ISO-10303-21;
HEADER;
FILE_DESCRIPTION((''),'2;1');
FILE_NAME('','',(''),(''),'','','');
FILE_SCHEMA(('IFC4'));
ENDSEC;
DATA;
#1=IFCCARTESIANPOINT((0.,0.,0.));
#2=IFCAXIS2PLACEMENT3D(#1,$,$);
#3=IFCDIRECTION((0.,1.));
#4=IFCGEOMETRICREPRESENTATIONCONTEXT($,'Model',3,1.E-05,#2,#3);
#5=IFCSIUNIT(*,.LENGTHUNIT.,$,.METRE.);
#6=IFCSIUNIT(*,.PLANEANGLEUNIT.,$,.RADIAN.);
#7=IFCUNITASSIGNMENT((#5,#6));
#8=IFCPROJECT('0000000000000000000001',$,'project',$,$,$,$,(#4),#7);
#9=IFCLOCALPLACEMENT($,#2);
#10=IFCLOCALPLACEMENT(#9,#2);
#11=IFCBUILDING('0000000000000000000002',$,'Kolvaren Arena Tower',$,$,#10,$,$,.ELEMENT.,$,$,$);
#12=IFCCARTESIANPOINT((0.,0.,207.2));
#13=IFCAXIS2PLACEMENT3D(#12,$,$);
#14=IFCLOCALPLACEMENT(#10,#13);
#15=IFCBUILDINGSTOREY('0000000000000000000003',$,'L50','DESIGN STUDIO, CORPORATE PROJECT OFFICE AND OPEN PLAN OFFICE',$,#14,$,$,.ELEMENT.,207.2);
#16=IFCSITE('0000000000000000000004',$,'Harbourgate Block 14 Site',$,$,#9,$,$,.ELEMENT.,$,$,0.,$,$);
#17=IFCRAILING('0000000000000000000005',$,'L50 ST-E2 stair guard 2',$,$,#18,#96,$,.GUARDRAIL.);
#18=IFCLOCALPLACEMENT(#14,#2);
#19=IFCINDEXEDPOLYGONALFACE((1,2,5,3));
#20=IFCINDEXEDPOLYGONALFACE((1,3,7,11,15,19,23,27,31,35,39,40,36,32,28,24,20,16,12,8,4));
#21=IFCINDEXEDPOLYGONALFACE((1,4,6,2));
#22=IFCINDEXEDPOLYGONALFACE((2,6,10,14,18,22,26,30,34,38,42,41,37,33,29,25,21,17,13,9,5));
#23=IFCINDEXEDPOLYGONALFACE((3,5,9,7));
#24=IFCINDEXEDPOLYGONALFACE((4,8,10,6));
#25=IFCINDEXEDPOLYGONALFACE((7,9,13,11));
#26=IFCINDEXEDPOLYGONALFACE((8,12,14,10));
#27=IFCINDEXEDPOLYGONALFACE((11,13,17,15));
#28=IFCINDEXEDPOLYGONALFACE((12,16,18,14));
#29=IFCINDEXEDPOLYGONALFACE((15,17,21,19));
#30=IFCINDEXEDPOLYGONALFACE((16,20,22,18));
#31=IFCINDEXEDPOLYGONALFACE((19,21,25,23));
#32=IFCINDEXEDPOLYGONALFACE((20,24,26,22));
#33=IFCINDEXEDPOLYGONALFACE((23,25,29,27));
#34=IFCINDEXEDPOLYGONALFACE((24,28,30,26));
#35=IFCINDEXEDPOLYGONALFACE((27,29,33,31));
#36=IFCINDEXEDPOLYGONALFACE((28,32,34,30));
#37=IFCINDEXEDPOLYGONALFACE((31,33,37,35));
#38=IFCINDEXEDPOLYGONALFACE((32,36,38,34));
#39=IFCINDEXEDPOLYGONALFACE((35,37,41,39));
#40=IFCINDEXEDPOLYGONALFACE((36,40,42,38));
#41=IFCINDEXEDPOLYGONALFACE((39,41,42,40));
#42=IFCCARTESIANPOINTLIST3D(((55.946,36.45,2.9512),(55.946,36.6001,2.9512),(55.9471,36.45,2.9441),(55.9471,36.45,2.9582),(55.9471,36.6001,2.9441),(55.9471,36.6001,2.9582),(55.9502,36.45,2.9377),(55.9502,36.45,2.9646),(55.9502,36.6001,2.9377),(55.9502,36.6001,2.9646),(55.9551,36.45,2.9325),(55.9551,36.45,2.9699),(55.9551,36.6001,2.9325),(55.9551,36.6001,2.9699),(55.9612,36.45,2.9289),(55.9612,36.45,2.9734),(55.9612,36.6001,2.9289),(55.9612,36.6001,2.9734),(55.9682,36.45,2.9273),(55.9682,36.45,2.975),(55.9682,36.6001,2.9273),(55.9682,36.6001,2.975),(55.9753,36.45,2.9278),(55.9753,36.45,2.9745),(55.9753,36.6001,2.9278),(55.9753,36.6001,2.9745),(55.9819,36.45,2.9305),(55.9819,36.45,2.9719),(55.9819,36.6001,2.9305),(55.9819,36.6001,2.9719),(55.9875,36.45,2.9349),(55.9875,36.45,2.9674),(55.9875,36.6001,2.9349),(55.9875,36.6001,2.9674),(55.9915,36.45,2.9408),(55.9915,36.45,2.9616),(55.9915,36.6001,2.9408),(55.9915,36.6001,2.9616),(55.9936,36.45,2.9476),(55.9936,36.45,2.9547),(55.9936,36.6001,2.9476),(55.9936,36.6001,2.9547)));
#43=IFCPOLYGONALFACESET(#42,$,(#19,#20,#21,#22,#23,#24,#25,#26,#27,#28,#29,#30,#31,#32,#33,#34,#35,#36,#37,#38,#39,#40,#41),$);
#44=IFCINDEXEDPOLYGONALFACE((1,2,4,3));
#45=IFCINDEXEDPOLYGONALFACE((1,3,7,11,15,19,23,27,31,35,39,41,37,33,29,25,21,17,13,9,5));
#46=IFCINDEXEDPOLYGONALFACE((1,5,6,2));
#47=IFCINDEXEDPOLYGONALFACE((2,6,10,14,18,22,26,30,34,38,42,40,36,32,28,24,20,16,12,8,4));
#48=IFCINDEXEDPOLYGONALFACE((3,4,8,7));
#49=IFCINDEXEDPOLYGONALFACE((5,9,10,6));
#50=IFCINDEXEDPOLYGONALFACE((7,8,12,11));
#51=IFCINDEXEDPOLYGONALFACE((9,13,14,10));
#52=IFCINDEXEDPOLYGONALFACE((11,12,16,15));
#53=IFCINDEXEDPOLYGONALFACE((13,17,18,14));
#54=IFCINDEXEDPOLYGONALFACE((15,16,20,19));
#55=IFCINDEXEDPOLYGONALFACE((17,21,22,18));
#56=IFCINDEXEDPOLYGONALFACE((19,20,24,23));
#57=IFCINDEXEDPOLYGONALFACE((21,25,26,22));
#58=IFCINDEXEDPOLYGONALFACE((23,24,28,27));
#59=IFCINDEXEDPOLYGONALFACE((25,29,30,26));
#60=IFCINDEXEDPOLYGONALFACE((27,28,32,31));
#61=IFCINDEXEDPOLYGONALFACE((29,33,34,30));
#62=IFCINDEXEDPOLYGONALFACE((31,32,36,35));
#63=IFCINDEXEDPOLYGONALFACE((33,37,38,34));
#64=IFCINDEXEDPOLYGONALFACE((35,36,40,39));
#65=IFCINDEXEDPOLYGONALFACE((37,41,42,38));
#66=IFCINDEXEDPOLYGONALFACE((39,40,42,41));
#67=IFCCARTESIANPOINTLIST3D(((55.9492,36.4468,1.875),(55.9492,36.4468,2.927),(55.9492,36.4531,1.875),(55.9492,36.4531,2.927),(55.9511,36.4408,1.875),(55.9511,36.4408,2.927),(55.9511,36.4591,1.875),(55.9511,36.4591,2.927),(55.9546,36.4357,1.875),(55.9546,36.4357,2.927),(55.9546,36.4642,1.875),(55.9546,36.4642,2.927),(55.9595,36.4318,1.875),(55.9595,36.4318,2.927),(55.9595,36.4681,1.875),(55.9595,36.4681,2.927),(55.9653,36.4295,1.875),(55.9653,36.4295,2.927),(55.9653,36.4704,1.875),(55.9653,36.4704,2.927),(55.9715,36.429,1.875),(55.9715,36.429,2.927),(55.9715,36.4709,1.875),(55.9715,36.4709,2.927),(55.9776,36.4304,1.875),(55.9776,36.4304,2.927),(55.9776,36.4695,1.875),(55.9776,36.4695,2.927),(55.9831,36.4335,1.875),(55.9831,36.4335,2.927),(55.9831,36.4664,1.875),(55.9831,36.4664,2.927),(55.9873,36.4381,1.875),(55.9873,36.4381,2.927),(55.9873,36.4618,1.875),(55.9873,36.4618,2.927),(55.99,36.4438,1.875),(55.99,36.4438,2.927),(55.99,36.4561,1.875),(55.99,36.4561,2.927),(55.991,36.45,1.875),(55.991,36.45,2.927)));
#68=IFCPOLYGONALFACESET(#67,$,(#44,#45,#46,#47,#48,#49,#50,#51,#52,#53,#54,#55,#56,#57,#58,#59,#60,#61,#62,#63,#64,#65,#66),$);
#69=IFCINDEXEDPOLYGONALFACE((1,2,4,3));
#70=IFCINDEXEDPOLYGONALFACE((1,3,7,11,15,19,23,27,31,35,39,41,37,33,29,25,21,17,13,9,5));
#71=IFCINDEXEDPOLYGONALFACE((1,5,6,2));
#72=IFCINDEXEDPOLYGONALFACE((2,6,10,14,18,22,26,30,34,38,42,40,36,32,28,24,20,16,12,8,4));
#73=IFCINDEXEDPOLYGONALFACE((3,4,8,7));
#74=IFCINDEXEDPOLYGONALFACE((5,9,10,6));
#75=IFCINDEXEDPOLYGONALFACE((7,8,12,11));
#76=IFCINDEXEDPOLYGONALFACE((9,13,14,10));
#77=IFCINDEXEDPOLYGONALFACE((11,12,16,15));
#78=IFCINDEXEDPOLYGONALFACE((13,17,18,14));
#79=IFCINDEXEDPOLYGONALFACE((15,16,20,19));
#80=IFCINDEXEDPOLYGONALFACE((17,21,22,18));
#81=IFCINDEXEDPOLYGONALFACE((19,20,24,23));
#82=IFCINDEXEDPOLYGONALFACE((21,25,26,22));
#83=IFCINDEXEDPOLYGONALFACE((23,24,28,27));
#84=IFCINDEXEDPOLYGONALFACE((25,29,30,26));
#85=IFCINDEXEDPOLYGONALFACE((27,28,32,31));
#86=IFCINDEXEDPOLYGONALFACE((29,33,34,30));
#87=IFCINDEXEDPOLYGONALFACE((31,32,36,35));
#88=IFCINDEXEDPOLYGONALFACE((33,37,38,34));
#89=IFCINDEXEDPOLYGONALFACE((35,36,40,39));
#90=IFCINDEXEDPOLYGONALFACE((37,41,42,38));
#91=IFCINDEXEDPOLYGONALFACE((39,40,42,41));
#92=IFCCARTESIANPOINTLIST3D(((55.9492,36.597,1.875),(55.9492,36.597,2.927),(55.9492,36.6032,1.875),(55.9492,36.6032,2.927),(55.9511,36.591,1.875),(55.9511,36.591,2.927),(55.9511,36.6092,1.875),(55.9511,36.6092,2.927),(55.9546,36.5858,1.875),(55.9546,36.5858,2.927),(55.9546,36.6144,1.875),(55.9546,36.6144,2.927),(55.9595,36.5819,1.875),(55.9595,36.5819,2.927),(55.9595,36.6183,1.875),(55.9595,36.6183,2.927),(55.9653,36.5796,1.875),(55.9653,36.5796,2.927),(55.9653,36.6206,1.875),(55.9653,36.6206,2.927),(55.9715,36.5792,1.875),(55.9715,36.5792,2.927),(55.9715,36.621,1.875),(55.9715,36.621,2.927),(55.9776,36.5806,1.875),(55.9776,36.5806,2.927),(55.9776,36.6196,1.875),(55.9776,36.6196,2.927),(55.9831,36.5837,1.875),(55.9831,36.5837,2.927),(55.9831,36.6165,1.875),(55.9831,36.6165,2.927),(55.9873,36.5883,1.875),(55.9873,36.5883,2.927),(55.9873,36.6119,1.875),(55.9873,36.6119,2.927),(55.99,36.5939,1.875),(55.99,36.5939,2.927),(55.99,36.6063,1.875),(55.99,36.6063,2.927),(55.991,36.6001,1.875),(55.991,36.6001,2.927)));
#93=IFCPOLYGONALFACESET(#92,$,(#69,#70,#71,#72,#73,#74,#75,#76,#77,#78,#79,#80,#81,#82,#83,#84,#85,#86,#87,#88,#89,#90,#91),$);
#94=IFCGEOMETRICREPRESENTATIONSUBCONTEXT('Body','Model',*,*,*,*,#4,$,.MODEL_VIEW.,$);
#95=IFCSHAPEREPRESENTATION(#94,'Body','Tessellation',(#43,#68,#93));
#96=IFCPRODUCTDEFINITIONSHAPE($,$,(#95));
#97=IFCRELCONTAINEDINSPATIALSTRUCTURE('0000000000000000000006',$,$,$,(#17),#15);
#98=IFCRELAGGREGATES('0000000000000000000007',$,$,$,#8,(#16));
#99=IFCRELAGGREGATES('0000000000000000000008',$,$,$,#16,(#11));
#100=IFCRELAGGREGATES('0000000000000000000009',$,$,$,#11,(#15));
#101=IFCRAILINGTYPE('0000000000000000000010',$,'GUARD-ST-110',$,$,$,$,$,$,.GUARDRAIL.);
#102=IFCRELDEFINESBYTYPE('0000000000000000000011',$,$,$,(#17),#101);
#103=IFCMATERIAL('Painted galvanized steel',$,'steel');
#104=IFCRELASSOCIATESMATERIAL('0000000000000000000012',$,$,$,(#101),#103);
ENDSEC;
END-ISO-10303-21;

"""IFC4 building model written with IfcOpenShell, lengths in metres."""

from ifc_helpers import new_model, si_unit, direction, frame, origin, origin_2d, place, context, subcontext, project, spatial, circle, extrude, material, type_object, element, save


model = new_model("IFC4")

# Units and contexts
model_context = context("Model", 3, precision=1e-05, world=origin(), true_north=direction((0.0, 1.0)))
body_context = subcontext(model_context, "Body", "Model", "MODEL_VIEW")
ifc_project = project(units=[si_unit("LENGTHUNIT", "METRE"), si_unit("PLANEANGLEUNIT", "RADIAN")], contexts=[model_context])

# Site, building, storey
site_placement = place(None, origin())
site = spatial("IfcSite", under=ifc_project, at=site_placement, Name="Harbourgate Block 14 Site", CompositionType="ELEMENT", RefElevation=0.0)
building_placement = place(site_placement, origin())
building = spatial("IfcBuilding", under=site, at=building_placement, Name="Kolvaren Arena Tower", CompositionType="ELEMENT")
storey_placement = place(building_placement, frame((0.0, 0.0, 207.2)))
storey = spatial("IfcBuildingStorey", under=building, at=storey_placement, Name="L50", Description="DESIGN STUDIO, CORPORATE PROJECT OFFICE AND OPEN PLAN OFFICE", CompositionType="ELEMENT", Elevation=207.2)

# Railing
ifc_material_1 = material(Name="Painted galvanized steel", Category="steel")
railing_type_1 = type_object("IfcRailingType", Name="GUARD-ST-110", PredefinedType="GUARDRAIL", material=ifc_material_1)
railing_1_placement = place(storey_placement, frame((55.97, 36.45, 1.875)))
element("IfcRailing", 1, at=railing_1_placement, inside=storey, type_object=railing_type_1, Name="L50 ST-E2 stair guard 2", PredefinedType="GUARDRAIL", context=body_context, shape_type="SweptSolid", body=[
    extrude(circle(Radius=0.0239, at=origin_2d()), frame((0.0, 0.0, 1.0762), z_axis=(0.0, 1.0, 0.0), x_axis=(-1.0, 0.0, 0.0)), (0.0, 0.0, 1.0), 0.1501),
    extrude(circle(Radius=0.021, at=origin_2d()), origin(), (0.0, 0.0, 1.0), 1.052),
    extrude(circle(Radius=0.021, at=origin_2d()), frame((0.0, 0.1501, 0.0)), (0.0, 0.0, 1.0), 1.052),
])

save(model, "model.ifc")
